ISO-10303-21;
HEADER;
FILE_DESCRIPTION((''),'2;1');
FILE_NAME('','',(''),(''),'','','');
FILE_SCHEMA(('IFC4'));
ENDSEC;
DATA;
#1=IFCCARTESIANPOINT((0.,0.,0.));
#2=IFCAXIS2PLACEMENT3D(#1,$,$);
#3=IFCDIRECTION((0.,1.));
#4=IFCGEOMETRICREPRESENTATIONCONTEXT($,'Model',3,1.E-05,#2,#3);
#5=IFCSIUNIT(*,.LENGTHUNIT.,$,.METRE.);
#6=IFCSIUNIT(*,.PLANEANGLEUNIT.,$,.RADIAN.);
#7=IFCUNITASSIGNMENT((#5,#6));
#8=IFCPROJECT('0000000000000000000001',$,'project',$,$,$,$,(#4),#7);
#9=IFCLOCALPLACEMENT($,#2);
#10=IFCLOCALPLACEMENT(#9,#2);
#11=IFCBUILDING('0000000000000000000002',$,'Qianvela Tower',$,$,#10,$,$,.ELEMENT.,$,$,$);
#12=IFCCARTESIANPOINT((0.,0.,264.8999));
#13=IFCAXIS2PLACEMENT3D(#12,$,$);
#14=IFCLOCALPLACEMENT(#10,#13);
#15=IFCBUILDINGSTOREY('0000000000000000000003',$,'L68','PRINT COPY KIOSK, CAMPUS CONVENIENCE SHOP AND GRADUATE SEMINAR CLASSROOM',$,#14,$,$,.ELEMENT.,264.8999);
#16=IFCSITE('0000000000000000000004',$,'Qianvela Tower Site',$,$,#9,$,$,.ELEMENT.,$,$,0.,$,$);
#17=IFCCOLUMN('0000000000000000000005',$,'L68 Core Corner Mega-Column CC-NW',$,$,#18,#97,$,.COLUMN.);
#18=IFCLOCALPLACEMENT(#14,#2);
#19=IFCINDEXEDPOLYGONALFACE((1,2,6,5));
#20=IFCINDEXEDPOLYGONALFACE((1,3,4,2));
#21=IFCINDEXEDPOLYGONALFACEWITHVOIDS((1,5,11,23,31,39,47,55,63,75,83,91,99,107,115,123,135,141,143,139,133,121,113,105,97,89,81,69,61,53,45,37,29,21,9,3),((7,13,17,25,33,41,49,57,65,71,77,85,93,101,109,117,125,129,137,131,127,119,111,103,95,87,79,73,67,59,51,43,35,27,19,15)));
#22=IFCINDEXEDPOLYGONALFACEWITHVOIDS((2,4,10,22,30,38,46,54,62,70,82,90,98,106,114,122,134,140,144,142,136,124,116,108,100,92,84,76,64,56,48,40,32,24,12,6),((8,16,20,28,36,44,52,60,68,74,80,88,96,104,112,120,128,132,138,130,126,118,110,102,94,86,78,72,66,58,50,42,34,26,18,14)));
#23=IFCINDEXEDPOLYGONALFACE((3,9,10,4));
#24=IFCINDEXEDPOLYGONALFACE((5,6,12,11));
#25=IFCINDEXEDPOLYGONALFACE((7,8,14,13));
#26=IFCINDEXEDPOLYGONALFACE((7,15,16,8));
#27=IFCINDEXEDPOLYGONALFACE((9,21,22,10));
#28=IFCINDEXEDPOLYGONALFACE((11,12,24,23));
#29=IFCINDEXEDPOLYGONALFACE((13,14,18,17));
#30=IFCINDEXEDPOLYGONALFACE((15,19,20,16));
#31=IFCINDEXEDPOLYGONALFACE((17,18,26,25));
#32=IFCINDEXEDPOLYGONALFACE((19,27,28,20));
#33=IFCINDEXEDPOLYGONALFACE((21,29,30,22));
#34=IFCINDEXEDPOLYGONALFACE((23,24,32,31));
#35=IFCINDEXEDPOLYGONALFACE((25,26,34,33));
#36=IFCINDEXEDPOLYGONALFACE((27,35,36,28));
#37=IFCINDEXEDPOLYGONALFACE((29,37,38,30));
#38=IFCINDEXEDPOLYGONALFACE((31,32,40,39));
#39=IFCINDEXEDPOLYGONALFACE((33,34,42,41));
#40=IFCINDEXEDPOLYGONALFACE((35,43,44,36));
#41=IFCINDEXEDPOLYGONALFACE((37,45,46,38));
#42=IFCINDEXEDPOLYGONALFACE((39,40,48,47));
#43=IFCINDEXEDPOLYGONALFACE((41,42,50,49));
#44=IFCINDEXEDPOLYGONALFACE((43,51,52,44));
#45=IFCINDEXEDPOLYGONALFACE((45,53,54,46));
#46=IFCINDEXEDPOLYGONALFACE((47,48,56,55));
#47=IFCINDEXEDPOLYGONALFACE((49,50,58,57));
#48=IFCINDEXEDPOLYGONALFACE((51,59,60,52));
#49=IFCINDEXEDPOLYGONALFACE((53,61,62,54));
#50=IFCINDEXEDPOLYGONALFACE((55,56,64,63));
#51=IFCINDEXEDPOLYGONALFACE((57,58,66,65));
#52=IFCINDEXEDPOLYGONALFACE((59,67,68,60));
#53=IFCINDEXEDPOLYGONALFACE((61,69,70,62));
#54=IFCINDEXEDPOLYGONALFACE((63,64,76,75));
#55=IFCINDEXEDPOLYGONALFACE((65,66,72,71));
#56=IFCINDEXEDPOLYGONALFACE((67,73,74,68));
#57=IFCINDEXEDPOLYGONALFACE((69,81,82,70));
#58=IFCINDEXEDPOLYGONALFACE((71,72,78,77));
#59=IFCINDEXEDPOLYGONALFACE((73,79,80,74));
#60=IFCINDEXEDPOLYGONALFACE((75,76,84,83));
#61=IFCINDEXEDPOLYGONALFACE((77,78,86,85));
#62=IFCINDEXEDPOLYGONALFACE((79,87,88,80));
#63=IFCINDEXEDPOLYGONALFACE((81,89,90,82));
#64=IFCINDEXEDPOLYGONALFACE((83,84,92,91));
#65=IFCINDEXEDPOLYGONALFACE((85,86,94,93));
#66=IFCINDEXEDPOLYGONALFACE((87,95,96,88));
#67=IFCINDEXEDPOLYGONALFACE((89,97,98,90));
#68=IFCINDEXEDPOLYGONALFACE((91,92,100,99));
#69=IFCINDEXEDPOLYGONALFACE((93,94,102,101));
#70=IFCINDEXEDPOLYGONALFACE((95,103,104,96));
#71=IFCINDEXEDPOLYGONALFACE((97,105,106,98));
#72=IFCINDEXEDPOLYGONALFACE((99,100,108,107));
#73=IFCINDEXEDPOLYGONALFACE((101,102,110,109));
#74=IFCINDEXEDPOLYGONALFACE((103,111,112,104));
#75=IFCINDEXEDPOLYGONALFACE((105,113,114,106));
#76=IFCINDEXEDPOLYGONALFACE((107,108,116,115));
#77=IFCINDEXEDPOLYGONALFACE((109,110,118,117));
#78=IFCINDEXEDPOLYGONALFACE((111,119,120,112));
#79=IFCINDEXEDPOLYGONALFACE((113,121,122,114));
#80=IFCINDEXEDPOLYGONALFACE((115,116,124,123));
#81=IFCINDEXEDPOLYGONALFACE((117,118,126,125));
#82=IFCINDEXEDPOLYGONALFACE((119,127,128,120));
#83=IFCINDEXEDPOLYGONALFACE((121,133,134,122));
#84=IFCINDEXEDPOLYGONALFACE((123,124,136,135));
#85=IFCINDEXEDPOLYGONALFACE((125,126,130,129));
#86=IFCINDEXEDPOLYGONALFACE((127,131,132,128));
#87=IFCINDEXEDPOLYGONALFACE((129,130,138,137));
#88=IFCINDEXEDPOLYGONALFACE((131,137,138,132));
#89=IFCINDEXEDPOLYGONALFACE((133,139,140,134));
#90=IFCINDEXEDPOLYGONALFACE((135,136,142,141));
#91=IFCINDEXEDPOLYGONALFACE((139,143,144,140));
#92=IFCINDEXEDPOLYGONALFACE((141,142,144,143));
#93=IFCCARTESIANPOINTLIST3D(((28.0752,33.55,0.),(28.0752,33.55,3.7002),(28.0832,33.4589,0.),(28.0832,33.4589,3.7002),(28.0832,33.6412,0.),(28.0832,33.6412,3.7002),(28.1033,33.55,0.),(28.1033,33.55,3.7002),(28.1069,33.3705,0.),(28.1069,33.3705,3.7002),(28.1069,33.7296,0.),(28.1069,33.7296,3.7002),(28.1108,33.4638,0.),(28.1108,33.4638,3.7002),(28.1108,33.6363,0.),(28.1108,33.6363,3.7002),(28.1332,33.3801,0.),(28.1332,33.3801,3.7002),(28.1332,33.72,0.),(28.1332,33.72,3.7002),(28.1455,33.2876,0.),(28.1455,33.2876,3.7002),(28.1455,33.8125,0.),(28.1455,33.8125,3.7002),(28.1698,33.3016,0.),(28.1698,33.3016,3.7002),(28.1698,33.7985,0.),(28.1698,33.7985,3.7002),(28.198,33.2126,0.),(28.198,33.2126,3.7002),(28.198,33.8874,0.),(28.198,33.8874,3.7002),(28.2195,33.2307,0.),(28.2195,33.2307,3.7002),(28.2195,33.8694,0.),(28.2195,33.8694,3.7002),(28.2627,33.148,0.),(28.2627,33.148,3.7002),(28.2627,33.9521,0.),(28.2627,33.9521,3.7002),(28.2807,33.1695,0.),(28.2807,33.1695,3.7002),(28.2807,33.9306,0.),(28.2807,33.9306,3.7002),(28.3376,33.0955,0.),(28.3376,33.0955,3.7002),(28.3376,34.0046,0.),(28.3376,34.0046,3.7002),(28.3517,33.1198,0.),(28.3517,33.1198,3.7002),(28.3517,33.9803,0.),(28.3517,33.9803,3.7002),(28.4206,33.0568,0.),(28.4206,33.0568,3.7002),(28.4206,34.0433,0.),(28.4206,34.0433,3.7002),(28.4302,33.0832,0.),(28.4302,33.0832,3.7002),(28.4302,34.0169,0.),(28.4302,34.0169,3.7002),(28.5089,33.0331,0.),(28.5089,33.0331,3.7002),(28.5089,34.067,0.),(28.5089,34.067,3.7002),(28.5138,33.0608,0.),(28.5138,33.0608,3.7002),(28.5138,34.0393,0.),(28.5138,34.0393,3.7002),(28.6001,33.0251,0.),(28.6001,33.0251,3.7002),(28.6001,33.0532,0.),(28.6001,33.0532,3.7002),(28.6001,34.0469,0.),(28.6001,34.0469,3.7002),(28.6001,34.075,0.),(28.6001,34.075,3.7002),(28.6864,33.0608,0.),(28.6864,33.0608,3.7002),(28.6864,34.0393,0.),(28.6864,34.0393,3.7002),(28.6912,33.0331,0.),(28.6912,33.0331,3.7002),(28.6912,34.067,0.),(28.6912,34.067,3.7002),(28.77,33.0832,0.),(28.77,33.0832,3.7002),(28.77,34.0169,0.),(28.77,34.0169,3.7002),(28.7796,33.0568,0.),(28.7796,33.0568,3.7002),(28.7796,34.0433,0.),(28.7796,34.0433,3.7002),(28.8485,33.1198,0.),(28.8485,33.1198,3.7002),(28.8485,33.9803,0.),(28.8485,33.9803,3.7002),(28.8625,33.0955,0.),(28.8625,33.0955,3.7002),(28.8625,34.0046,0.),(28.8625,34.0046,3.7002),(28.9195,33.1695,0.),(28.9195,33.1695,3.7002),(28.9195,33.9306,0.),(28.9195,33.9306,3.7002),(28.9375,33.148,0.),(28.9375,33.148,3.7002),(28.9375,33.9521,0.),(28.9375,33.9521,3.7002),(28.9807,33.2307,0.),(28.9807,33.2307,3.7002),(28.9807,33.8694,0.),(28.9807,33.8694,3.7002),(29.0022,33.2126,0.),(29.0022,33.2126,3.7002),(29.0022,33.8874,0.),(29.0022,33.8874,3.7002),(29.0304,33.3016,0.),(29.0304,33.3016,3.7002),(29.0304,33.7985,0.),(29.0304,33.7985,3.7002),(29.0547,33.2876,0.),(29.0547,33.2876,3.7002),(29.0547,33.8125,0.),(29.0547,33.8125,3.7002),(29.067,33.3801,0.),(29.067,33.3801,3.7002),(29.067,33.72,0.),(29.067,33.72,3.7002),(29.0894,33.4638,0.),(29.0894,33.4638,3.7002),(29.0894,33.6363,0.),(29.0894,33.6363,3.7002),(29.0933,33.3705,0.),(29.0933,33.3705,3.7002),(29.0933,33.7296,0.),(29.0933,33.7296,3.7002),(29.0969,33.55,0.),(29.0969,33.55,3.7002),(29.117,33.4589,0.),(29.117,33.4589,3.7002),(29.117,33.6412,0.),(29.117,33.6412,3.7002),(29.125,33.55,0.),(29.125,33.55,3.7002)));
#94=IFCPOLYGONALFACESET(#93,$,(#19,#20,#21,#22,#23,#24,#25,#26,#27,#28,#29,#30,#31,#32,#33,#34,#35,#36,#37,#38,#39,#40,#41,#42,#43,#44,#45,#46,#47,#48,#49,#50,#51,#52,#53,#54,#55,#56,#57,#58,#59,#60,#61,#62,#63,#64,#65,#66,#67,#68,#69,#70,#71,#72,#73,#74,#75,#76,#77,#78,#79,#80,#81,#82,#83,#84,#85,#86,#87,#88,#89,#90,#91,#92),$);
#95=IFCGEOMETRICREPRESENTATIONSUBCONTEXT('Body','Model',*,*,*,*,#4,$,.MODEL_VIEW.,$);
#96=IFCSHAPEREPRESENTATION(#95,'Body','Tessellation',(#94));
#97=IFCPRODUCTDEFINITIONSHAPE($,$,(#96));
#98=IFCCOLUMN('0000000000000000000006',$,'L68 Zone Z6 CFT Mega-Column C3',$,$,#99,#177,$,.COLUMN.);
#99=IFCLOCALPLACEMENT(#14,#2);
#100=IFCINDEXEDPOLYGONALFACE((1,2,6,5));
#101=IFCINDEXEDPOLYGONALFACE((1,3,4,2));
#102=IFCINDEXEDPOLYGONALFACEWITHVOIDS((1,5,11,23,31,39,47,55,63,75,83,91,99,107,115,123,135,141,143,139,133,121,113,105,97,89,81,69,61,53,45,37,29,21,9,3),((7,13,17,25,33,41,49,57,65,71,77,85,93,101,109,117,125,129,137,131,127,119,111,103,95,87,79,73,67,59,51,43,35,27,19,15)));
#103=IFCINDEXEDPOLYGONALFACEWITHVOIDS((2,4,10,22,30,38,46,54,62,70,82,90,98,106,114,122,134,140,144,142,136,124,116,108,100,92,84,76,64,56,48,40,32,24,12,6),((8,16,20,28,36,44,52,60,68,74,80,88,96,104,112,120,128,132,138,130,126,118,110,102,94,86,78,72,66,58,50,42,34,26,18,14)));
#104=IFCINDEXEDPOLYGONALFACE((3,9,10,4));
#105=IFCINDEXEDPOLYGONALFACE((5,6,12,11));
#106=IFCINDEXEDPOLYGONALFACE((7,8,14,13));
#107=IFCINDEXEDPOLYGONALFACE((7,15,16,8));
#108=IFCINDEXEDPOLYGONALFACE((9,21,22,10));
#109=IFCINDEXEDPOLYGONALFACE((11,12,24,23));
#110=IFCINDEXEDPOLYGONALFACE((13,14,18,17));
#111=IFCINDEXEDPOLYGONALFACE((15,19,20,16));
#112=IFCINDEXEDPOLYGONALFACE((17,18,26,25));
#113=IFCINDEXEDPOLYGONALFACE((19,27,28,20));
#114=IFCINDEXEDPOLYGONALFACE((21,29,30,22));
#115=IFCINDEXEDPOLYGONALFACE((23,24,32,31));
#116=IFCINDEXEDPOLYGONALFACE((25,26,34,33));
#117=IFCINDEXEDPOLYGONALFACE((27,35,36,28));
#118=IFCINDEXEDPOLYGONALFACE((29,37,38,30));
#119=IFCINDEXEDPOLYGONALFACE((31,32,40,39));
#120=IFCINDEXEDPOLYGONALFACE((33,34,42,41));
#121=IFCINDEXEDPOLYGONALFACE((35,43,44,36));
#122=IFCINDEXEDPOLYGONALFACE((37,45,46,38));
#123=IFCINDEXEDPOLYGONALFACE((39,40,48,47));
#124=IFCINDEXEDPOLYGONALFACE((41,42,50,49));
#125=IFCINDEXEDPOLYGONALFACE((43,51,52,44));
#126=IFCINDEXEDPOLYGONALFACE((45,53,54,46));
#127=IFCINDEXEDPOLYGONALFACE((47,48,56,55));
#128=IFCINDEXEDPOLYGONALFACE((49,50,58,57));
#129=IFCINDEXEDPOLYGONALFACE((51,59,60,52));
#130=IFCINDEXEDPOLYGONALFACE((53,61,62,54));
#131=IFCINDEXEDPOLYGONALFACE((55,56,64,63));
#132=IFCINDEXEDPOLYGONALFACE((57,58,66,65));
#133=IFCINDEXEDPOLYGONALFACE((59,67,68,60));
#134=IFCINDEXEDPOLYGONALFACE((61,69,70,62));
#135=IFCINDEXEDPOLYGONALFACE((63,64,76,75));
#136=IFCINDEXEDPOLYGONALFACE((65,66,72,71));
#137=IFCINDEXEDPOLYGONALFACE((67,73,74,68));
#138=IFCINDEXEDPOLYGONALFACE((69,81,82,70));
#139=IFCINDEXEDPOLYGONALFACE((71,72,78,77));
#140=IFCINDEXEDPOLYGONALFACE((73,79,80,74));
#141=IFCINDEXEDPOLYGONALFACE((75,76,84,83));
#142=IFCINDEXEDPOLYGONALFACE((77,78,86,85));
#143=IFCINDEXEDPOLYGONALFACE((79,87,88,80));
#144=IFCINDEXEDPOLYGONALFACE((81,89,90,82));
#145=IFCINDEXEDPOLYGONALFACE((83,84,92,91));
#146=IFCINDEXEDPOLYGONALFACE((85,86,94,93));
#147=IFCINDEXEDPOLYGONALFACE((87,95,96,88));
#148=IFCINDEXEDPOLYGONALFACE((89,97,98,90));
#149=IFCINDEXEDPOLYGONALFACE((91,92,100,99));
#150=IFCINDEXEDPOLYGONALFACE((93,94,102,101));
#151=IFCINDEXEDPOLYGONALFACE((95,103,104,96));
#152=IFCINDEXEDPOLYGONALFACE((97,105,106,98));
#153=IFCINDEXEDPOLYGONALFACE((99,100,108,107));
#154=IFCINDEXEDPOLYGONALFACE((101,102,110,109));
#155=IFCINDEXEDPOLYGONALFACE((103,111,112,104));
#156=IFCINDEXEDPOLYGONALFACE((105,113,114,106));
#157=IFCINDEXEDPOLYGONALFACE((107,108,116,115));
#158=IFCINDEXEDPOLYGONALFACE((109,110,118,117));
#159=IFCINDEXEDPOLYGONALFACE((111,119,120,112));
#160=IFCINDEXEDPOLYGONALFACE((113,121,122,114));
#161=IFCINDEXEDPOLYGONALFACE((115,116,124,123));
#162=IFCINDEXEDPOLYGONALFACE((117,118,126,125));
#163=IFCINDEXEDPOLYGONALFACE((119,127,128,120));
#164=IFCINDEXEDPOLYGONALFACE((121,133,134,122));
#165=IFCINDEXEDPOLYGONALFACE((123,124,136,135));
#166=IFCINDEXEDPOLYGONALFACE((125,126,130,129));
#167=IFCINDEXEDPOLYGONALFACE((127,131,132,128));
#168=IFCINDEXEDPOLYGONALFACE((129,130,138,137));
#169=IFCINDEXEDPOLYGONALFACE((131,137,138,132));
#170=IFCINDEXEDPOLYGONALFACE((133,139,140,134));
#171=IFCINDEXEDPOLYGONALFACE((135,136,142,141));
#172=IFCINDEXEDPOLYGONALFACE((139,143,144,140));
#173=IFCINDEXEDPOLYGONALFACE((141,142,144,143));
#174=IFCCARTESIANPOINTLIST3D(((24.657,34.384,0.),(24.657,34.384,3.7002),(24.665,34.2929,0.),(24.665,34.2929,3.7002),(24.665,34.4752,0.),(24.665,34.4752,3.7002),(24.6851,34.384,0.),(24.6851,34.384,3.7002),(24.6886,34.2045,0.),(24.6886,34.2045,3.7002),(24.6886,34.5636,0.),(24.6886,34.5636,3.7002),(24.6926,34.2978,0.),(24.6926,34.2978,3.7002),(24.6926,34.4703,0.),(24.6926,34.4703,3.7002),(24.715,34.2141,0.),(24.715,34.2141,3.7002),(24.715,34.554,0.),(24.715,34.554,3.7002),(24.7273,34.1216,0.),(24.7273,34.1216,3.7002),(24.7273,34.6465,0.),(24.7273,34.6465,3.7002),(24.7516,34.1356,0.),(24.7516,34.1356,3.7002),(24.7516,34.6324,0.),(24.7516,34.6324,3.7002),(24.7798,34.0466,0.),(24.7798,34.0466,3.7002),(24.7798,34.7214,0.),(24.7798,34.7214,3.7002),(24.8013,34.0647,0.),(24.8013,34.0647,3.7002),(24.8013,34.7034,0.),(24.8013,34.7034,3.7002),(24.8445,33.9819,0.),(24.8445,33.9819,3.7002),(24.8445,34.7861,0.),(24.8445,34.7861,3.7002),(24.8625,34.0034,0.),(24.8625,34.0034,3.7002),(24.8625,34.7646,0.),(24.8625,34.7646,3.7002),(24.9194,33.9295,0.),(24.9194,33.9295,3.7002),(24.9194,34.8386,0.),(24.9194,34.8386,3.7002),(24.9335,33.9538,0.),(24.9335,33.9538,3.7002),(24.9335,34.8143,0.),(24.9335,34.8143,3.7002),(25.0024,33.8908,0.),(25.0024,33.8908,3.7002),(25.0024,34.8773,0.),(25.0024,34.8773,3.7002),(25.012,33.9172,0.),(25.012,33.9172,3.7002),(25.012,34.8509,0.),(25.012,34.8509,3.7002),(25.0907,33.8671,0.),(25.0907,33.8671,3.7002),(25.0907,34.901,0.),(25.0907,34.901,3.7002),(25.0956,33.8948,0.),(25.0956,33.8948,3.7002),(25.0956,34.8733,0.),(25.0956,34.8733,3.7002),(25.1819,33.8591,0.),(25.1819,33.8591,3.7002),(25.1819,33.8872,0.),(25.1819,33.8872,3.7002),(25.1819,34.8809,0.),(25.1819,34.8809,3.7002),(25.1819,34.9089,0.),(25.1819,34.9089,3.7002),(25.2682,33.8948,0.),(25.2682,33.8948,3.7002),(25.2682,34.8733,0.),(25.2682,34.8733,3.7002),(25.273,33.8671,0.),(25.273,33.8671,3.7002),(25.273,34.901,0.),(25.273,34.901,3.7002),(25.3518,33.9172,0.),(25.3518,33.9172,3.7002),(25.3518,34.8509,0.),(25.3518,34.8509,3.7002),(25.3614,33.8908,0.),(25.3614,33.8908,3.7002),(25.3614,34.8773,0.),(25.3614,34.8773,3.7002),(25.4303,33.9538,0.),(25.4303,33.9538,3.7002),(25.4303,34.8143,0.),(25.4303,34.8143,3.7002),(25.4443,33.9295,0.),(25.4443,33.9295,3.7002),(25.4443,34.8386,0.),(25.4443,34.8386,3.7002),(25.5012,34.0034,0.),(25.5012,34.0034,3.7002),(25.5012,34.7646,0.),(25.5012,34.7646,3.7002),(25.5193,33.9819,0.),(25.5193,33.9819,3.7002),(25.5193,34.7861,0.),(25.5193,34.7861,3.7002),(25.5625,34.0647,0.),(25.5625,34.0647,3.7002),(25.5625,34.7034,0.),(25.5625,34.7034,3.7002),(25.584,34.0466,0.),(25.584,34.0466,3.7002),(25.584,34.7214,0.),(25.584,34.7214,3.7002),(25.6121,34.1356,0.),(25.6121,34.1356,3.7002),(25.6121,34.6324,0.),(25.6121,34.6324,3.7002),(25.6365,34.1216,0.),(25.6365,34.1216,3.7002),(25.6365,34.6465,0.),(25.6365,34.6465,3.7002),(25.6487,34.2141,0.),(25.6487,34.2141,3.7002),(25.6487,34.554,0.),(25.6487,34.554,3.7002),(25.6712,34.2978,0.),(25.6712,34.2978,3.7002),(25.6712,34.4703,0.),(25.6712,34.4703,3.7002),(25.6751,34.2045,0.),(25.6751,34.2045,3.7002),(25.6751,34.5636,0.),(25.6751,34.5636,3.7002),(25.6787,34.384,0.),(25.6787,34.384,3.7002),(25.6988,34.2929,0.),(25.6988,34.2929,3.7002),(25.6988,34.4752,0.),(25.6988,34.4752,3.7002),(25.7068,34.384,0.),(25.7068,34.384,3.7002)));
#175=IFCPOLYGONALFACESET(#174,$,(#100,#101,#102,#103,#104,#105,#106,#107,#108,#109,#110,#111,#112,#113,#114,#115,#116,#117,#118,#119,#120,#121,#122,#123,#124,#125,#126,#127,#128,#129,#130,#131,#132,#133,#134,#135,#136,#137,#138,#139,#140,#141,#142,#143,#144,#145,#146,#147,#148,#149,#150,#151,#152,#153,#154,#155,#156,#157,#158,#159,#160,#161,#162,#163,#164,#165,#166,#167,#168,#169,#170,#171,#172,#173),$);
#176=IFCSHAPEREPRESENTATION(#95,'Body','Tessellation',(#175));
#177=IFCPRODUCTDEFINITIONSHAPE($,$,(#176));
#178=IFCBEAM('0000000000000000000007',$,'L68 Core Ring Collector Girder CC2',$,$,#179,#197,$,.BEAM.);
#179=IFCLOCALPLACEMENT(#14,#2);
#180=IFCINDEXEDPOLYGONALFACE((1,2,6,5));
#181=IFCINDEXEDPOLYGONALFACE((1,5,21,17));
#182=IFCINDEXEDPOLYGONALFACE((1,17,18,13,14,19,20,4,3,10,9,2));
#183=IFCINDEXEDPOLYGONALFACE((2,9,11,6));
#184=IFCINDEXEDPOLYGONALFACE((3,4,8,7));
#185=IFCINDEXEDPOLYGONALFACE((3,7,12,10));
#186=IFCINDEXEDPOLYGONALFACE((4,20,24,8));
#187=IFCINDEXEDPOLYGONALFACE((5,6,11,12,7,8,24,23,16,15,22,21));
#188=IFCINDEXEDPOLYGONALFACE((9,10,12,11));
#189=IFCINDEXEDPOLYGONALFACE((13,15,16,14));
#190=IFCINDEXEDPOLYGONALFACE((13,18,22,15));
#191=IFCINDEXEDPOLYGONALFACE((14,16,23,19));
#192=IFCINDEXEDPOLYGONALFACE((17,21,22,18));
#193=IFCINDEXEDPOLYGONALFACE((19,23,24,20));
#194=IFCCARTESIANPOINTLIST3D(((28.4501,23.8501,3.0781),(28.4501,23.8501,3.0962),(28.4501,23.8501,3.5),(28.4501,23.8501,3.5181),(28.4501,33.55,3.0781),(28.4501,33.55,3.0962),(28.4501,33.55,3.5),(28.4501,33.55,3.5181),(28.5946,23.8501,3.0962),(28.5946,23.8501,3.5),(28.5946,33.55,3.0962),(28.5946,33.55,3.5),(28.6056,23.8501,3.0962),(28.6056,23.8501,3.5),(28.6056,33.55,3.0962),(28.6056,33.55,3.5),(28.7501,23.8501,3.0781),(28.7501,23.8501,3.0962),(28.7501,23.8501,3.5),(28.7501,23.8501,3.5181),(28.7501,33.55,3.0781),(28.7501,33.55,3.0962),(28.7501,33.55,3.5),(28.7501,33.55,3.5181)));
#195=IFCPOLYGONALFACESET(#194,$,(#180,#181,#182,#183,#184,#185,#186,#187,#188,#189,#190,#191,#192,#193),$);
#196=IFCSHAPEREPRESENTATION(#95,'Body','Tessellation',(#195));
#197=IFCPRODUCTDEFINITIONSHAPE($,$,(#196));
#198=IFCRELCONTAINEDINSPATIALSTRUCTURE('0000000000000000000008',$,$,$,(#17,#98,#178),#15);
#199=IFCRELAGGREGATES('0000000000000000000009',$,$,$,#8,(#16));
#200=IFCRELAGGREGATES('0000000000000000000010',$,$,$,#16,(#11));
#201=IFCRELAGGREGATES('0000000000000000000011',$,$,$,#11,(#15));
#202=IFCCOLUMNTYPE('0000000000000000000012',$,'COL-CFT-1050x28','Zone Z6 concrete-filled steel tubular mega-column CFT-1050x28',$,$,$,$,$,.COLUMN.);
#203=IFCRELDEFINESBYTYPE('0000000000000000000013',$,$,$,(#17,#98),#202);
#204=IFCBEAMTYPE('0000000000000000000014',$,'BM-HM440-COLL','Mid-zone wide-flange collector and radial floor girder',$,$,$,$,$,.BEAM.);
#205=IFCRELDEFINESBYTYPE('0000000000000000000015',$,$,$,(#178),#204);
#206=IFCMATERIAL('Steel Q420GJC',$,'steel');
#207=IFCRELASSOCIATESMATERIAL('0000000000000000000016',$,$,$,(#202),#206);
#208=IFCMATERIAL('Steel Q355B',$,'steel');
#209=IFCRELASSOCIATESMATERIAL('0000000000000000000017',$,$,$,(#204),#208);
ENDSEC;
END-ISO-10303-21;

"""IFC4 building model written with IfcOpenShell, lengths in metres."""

from ifc_helpers import new_model, si_unit, direction, frame, origin, origin_2d, place, context, subcontext, project, spatial, hollow_circle, i_section, extrude, material, material_profile, profile_set, type_object, element, save


model = new_model("IFC4")

# Units and contexts
model_context = context("Model", 3, precision=1e-05, world=origin(), true_north=direction((0.0, 1.0)))
body_context = subcontext(model_context, "Body", "Model", "MODEL_VIEW")
ifc_project = project(units=[si_unit("LENGTHUNIT", "METRE"), si_unit("PLANEANGLEUNIT", "RADIAN")], contexts=[model_context])

# Site, building, storey
site_placement = place(None, origin())
site = spatial("IfcSite", under=ifc_project, at=site_placement, Name="Qianvela Tower Site", CompositionType="ELEMENT", RefElevation=0.0)
building_placement = place(site_placement, origin())
building = spatial("IfcBuilding", under=site, at=building_placement, Name="Qianvela Tower", CompositionType="ELEMENT")
storey_placement = place(building_placement, frame((0.0, 0.0, 264.8999)))
storey = spatial("IfcBuildingStorey", under=building, at=storey_placement, Name="L68", Description="PRINT COPY KIOSK, CAMPUS CONVENIENCE SHOP AND GRADUATE SEMINAR CLASSROOM", CompositionType="ELEMENT", Elevation=264.8999)

# Columns
ifc_material_1 = material(Name="Steel Q420GJC", Category="steel")
ifc_material_profile_1 = material_profile(ifc_material_1, hollow_circle(Radius=0.5249, WallThickness=0.0281, at=origin_2d()), Name="CFT-1050x28")
ifc_profile_set_1 = profile_set([ifc_material_profile_1], Name="Steel Q420GJC")
column_type = type_object("IfcColumnType", Name="COL-CFT-1050x28", Description="Zone Z6 concrete-filled steel tubular mega-column CFT-1050x28", PredefinedType="COLUMN", material=ifc_profile_set_1)
for number, where, z_axis, x_axis, name in (
    (1, (28.6001, 33.55, 0.0), (0.0, 0.0, 1.0), (1.0, 0.0, 0.0), "L68 Core Corner Mega-Column CC-NW"),
    (2, (25.1819, 34.384, 0.0), (0.0, 0.0, 1.0), (1.0, 0.0, 0.0), "L68 Zone Z6 CFT Mega-Column C3"),
):
    element("IfcColumn", number, at=place(storey_placement, frame(where, z_axis=z_axis, x_axis=x_axis)), inside=storey, type_object=column_type, Name=name, PredefinedType="COLUMN", context=body_context, shape_type="SweptSolid", body=[
        extrude(hollow_circle(Radius=0.5249, WallThickness=0.0281, at=origin_2d()), origin(), (0.0, 0.0, 1.0), 3.7002),
    ])

# Beam
ifc_material_2 = material(Name="Steel Q355B", Category="steel")
ifc_material_profile_2 = material_profile(ifc_material_2, i_section(OverallWidth=0.3, OverallDepth=0.4399, WebThickness=0.011, FlangeThickness=0.0181, at=origin_2d()), Name="HM440x300x11x18")
ifc_profile_set_2 = profile_set([ifc_material_profile_2], Name="Steel Q355B")
beam_type_1 = type_object("IfcBeamType", Name="BM-HM440-COLL", Description="Mid-zone wide-flange collector and radial floor girder", PredefinedType="BEAM", material=ifc_profile_set_2)
beam_1_placement = place(storey_placement, frame((28.6001, 33.55, 3.2981), z_axis=(0.0, -1.0, 0.0), x_axis=(1.0, 0.0, 0.0)))
element("IfcBeam", 3, at=beam_1_placement, inside=storey, type_object=beam_type_1, Name="L68 Core Ring Collector Girder CC2", PredefinedType="BEAM", context=body_context, shape_type="SweptSolid", body=[
    extrude(i_section(OverallWidth=0.3, OverallDepth=0.4399, WebThickness=0.011, FlangeThickness=0.0181, at=origin_2d()), origin(), (0.0, 0.0, 1.0), 9.7),
])

save(model, "model.ifc")
